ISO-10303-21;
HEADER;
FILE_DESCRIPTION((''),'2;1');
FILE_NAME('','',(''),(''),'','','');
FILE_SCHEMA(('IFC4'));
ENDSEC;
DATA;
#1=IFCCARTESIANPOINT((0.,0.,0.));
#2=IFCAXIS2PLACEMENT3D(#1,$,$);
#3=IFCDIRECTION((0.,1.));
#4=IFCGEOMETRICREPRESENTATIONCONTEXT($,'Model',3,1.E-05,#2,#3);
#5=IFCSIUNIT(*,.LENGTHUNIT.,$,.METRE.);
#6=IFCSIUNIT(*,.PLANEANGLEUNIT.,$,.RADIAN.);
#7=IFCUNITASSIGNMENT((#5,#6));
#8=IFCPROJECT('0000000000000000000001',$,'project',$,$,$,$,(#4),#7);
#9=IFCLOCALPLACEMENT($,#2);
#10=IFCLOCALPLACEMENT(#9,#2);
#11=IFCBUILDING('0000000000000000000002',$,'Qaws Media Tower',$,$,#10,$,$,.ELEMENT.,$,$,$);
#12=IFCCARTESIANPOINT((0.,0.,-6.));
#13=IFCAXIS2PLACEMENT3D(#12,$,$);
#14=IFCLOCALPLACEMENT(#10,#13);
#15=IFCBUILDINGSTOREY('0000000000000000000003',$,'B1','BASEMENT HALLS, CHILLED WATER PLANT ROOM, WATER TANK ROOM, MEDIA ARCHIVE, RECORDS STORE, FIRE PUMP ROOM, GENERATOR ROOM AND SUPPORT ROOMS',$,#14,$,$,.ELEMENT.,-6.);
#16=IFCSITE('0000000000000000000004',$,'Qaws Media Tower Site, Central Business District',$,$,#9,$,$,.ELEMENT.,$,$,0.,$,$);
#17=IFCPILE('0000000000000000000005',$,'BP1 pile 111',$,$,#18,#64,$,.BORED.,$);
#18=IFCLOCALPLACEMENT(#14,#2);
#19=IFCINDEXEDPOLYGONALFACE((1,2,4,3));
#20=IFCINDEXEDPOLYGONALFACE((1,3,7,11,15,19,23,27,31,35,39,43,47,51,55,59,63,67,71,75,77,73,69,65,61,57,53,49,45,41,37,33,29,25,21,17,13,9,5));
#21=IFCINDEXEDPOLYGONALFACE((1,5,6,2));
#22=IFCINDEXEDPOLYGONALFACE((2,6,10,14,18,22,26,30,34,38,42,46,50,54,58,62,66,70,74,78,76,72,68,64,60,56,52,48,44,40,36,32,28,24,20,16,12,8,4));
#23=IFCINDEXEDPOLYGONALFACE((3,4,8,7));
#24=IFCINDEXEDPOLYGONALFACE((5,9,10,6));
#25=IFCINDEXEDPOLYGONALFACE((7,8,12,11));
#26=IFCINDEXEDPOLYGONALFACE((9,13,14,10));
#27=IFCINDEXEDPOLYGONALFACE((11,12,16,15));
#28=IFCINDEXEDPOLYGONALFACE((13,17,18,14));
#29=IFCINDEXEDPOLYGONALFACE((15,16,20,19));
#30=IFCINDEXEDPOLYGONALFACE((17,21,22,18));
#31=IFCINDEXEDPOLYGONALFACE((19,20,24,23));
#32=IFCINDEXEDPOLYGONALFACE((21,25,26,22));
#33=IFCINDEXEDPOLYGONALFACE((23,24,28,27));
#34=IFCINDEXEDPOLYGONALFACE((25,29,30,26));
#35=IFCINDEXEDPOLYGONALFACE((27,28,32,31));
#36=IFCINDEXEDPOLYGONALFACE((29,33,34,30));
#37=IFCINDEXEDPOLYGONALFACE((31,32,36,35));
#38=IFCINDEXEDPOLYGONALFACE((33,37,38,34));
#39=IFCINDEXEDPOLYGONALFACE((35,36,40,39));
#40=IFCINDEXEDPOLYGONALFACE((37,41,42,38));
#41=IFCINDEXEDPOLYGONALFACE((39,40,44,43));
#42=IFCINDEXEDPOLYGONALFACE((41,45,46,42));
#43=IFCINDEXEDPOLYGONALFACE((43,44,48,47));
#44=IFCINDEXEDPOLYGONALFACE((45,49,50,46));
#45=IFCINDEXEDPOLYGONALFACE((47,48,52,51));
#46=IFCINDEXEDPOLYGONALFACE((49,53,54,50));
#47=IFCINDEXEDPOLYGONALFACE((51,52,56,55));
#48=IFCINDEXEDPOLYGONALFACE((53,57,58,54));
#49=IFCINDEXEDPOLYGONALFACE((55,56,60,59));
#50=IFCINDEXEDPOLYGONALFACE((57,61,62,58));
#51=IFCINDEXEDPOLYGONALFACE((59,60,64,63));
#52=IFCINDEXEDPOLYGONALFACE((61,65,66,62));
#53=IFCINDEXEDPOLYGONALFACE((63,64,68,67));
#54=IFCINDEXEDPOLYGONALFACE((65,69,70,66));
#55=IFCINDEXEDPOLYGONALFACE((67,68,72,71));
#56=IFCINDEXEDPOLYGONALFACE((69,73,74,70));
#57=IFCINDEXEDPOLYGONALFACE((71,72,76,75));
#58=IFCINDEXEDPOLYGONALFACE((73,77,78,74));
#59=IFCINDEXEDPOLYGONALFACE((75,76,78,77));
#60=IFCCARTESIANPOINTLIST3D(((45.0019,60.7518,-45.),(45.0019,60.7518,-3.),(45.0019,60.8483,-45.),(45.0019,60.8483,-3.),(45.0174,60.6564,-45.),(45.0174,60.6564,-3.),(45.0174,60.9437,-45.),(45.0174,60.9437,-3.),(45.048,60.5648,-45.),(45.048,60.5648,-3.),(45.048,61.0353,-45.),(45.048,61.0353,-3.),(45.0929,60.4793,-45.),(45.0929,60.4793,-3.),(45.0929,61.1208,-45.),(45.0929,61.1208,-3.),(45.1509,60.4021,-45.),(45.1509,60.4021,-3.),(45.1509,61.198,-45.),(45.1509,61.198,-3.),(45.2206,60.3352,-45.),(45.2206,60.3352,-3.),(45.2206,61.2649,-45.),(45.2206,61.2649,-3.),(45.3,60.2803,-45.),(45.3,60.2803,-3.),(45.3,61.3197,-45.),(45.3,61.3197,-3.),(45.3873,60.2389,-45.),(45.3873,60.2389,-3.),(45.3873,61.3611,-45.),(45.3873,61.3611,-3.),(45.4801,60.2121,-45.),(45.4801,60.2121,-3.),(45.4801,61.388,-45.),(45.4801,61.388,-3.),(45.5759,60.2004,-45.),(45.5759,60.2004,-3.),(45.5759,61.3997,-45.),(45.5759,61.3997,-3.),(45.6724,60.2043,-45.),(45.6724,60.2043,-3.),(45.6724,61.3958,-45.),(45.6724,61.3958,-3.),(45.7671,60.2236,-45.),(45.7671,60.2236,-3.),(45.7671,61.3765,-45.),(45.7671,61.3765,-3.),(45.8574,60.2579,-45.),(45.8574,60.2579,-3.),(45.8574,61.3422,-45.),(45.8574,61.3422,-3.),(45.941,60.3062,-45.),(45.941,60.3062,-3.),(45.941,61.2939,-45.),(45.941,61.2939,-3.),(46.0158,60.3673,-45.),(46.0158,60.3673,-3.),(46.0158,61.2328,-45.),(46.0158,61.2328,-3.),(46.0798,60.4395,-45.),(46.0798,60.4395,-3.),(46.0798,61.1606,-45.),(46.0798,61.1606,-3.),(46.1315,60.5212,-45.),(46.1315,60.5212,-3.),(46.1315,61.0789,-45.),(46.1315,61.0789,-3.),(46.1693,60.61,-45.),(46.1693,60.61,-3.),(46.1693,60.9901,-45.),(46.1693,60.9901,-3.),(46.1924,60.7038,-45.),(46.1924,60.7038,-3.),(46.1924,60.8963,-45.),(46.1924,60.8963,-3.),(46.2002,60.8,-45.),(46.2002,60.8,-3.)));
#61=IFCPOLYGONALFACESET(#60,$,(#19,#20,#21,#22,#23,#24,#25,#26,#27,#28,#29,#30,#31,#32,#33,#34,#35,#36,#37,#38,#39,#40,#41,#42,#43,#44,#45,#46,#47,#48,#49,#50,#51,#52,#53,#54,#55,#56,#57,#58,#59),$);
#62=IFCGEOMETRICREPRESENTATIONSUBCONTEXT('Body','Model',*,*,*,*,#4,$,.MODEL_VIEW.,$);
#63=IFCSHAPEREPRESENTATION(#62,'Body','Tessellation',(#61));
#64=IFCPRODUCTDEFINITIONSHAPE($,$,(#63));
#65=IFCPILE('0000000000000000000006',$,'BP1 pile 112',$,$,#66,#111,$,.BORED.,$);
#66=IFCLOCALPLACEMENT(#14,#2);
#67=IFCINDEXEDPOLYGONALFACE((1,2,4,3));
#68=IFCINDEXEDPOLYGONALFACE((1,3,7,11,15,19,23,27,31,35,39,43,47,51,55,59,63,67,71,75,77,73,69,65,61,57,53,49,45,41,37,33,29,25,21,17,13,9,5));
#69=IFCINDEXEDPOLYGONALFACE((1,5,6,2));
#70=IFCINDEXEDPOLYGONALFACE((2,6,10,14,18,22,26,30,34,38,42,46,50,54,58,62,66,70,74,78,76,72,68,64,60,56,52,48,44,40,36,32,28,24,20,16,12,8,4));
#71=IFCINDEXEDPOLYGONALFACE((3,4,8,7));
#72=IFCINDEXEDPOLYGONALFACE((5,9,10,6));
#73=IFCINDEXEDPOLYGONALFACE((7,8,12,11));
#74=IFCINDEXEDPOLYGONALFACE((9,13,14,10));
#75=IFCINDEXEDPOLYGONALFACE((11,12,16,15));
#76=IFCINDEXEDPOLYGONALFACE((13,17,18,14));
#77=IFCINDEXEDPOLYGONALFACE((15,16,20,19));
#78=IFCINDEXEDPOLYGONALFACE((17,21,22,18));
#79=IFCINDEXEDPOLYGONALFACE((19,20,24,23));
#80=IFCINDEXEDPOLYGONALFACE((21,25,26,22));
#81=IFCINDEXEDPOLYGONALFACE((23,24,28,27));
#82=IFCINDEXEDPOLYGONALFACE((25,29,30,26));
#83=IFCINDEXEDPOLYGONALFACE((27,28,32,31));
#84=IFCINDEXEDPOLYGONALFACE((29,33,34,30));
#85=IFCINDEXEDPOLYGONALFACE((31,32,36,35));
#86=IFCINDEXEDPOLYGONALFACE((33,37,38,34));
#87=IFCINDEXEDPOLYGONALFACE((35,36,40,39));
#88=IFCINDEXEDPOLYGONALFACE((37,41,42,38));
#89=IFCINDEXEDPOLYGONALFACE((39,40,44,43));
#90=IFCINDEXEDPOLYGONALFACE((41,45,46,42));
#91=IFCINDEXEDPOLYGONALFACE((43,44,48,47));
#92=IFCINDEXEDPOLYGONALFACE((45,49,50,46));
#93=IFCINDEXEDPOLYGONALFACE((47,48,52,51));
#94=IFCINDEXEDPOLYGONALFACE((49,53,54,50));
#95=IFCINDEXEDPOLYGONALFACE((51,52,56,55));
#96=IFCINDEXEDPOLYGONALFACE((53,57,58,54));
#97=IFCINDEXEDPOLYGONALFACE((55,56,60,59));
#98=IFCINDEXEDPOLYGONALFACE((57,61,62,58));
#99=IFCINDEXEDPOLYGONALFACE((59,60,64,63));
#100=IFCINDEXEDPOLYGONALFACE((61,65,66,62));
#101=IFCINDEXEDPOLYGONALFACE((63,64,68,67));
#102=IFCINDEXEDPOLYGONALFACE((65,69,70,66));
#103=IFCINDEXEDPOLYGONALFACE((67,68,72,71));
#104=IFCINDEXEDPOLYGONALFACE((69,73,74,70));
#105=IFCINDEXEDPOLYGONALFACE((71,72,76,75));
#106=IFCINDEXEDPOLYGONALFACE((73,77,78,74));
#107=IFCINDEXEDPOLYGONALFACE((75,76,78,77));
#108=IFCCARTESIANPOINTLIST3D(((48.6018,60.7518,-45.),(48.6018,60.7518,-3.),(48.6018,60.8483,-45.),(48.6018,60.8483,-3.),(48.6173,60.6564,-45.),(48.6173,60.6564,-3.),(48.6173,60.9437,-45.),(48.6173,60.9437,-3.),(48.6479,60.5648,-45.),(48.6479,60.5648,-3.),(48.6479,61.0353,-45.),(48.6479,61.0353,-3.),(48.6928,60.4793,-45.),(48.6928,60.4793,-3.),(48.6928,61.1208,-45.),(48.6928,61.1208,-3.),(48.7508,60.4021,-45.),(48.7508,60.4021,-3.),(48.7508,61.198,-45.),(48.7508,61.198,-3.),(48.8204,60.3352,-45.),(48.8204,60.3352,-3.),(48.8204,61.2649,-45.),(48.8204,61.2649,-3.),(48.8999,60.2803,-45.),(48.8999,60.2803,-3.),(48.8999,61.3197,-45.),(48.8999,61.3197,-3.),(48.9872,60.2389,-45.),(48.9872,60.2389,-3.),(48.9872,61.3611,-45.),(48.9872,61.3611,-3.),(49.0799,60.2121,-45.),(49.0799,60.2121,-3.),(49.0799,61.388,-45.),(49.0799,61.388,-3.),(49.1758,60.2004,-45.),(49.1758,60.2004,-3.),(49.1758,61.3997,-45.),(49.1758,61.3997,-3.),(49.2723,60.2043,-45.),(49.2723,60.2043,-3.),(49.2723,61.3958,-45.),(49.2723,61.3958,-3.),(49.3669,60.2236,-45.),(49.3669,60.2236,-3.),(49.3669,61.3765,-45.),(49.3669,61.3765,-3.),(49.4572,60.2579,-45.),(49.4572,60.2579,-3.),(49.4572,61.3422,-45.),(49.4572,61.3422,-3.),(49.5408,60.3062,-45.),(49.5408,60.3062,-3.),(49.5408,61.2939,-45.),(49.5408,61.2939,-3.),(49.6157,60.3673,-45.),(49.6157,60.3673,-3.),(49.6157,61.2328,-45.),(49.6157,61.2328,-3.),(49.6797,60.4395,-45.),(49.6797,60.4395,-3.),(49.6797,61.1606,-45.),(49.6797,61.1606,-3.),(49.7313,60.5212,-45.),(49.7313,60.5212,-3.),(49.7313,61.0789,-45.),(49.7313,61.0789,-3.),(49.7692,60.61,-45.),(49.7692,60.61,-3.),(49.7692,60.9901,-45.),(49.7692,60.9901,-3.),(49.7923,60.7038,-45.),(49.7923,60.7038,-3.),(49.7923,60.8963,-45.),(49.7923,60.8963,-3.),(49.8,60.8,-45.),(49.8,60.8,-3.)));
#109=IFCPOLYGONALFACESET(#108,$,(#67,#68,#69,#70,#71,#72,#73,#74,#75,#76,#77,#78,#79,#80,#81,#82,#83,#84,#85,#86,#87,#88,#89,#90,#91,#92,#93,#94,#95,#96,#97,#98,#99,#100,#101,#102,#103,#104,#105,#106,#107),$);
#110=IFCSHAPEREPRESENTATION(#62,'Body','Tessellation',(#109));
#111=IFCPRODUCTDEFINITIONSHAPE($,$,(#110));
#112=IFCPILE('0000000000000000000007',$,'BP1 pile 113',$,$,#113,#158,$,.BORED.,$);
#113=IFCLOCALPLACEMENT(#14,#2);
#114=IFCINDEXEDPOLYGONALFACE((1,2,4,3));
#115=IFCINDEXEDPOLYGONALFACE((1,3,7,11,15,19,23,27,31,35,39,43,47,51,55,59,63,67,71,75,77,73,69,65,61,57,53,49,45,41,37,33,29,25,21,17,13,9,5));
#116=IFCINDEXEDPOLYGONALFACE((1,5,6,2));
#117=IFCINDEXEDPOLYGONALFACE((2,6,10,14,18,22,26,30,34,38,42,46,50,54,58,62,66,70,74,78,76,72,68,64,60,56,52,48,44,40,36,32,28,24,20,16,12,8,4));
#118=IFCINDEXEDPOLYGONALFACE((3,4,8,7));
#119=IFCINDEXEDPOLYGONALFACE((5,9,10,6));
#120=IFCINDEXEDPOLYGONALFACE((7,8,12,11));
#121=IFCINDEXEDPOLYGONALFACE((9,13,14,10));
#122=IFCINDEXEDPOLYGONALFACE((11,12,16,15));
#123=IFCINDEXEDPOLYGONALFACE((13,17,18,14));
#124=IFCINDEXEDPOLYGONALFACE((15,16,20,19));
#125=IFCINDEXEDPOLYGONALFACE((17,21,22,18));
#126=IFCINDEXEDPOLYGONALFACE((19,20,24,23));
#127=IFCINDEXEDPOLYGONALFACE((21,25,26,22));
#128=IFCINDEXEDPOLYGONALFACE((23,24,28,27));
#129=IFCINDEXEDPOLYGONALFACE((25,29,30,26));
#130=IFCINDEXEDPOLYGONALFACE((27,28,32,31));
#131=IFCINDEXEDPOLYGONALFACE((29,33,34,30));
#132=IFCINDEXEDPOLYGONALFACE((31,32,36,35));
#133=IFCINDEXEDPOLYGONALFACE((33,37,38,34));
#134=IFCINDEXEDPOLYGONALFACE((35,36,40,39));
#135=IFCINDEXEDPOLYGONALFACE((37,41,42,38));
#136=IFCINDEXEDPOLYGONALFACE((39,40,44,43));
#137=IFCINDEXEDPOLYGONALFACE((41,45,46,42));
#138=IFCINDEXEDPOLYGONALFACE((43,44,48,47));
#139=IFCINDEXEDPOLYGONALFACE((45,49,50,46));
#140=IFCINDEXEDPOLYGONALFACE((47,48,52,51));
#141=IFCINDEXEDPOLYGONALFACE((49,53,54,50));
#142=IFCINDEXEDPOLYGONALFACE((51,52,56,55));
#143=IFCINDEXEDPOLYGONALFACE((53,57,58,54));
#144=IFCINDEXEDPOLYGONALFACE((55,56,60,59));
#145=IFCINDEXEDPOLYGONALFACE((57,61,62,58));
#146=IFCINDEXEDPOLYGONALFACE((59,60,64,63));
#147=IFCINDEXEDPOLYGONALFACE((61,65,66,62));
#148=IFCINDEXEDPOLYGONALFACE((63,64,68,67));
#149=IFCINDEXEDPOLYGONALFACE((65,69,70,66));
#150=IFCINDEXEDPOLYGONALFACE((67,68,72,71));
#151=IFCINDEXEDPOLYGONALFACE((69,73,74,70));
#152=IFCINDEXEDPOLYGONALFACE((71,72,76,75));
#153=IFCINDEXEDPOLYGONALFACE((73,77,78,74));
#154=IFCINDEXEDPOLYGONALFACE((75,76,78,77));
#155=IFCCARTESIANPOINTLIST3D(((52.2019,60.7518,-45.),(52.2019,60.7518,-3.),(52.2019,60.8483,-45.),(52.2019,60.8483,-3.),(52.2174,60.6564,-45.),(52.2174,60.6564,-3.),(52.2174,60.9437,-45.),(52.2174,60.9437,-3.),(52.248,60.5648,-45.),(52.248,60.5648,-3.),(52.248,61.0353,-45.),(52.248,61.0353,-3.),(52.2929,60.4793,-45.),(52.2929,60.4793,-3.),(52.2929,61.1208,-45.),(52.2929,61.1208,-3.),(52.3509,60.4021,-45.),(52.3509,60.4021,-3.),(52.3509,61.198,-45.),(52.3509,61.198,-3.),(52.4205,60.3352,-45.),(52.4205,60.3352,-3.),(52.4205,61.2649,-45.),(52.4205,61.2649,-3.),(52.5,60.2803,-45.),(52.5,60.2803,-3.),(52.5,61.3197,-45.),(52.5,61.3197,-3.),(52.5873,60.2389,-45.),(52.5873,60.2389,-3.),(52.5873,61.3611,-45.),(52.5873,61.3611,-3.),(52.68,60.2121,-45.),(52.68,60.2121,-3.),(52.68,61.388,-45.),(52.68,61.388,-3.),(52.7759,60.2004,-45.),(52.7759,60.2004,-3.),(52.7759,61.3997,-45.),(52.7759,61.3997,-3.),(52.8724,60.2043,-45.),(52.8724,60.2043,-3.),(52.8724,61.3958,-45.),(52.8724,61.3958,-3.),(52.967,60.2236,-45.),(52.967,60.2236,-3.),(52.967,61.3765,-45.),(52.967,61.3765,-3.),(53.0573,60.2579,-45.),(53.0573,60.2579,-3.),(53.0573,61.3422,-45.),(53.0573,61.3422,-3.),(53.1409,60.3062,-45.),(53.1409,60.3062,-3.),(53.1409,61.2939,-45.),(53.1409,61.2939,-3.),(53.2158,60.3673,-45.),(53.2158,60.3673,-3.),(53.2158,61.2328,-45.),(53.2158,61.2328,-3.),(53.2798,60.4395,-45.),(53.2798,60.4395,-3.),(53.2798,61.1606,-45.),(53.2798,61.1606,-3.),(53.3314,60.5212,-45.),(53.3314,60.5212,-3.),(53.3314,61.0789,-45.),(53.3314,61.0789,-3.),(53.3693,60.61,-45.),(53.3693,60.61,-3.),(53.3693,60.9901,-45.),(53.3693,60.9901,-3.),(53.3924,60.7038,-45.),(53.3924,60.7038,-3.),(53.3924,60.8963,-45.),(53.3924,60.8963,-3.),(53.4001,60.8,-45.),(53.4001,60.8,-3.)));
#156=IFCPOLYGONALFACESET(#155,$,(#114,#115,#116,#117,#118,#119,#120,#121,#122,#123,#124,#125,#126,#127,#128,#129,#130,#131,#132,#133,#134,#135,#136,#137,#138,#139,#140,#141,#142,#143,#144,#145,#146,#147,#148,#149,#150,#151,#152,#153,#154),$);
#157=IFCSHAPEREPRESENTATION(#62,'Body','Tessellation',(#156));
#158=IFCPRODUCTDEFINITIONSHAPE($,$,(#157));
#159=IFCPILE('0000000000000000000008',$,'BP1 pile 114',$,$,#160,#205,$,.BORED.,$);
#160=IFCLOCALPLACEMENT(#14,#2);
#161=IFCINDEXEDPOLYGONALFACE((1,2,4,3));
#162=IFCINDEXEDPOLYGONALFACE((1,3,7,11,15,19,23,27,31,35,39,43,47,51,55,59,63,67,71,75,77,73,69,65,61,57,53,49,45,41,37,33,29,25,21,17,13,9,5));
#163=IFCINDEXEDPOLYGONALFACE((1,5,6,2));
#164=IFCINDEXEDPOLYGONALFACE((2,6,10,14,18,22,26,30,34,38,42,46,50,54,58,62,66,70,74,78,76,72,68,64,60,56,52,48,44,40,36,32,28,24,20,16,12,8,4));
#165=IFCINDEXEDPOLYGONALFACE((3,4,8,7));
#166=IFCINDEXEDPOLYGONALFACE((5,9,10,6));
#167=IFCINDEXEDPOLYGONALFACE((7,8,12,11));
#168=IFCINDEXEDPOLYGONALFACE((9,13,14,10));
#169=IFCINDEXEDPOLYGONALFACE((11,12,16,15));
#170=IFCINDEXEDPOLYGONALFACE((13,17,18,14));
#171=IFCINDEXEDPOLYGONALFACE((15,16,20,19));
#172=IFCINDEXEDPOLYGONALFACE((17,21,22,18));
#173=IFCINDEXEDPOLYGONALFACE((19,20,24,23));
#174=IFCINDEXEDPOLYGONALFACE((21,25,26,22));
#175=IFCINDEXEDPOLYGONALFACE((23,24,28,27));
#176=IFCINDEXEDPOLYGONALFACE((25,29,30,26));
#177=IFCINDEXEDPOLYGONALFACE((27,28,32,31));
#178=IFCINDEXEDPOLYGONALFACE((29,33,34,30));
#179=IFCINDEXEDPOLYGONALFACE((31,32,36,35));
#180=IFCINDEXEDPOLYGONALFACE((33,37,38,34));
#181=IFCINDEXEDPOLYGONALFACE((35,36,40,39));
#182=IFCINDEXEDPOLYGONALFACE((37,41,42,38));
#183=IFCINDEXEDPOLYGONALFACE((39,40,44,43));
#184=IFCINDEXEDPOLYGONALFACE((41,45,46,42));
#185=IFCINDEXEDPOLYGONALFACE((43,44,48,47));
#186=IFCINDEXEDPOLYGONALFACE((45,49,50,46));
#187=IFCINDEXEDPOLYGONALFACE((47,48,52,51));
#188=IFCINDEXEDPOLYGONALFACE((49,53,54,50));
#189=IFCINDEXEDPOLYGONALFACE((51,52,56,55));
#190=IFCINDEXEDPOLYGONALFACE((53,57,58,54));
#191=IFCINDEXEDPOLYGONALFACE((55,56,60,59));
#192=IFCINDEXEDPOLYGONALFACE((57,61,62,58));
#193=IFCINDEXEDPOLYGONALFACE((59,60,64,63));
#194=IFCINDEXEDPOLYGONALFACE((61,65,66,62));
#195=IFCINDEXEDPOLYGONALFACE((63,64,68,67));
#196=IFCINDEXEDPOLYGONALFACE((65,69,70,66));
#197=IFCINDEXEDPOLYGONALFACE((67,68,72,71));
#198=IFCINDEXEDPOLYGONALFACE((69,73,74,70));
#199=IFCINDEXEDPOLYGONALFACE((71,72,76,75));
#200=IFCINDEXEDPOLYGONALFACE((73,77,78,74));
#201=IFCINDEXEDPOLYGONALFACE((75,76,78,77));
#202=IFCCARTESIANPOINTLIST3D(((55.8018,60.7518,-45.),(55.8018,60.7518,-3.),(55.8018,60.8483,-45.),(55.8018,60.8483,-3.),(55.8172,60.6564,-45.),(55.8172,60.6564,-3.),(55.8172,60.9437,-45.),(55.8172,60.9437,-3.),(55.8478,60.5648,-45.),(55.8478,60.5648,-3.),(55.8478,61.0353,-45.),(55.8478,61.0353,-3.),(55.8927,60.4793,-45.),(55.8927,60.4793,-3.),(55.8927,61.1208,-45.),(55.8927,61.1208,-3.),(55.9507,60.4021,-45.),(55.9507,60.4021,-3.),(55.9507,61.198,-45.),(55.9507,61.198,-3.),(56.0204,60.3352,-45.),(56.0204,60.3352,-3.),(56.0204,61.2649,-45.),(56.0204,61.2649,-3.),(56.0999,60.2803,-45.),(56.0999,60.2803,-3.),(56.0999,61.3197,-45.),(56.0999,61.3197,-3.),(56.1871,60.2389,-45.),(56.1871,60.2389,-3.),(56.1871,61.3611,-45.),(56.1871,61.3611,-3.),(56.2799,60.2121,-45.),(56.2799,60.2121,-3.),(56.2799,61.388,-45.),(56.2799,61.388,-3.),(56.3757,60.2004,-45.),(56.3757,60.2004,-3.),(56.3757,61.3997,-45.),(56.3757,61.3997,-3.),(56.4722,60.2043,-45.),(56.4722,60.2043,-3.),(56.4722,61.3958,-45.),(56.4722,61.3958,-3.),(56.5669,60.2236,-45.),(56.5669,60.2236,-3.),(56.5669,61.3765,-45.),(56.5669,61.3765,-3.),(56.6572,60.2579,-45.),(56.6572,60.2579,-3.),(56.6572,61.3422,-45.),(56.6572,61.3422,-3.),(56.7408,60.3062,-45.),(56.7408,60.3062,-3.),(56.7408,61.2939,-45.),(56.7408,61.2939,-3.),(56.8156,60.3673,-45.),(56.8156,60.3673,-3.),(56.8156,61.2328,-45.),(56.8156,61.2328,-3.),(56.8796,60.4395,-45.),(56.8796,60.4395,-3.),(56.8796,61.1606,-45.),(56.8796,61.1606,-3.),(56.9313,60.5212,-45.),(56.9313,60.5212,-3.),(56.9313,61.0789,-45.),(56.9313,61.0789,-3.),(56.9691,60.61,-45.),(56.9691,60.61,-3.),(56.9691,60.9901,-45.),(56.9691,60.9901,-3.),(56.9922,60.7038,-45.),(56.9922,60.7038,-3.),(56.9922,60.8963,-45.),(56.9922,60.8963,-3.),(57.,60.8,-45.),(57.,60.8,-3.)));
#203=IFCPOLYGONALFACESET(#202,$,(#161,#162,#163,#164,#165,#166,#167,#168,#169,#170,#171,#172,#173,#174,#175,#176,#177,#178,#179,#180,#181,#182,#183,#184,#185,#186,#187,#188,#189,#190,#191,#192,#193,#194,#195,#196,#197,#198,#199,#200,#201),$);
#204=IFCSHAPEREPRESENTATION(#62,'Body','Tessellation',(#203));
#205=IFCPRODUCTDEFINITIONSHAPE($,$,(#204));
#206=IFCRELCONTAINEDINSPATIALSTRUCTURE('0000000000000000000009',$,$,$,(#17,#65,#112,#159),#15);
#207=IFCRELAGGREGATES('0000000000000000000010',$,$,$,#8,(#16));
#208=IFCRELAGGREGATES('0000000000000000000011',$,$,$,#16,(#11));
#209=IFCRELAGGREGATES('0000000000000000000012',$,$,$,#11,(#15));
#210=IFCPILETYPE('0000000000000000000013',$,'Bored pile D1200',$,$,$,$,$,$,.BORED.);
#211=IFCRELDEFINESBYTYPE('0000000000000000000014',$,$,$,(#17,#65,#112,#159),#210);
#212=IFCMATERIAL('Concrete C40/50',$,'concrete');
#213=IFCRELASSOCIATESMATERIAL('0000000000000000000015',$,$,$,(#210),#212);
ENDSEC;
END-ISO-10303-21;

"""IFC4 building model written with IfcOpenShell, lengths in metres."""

from ifc_helpers import new_model, si_unit, direction, frame, origin, origin_2d, place, context, subcontext, project, spatial, circle, extrude, material, material_profile, profile_set, type_object, element, save


model = new_model("IFC4")

# Units and contexts
model_context = context("Model", 3, precision=1e-05, world=origin(), true_north=direction((0.0, 1.0)))
body_context = subcontext(model_context, "Body", "Model", "MODEL_VIEW")
ifc_project = project(units=[si_unit("LENGTHUNIT", "METRE"), si_unit("PLANEANGLEUNIT", "RADIAN")], contexts=[model_context])

# Site, building, storey
site_placement = place(None, origin())
site = spatial("IfcSite", under=ifc_project, at=site_placement, Name="Qaws Media Tower Site, Central Business District", CompositionType="ELEMENT", RefElevation=0.0)
building_placement = place(site_placement, origin())
building = spatial("IfcBuilding", under=site, at=building_placement, Name="Qaws Media Tower", CompositionType="ELEMENT")
storey_placement = place(building_placement, frame((0.0, 0.0, -6.0)))
storey = spatial("IfcBuildingStorey", under=building, at=storey_placement, Name="B1", Description="BASEMENT HALLS, CHILLED WATER PLANT ROOM, WATER TANK ROOM, MEDIA ARCHIVE, RECORDS STORE, FIRE PUMP ROOM, GENERATOR ROOM AND SUPPORT ROOMS", CompositionType="ELEMENT", Elevation=-6.0)

# Piles
ifc_material_1 = material(Name="Concrete C40/50", Category="concrete")
ifc_material_profile_1 = material_profile(ifc_material_1, circle(Radius=0.6001, at=origin_2d()), Name="D1200")
ifc_profile_set_1 = profile_set([ifc_material_profile_1], Name="Concrete C40/50")
pile_type = type_object("IfcPileType", Name="Bored pile D1200", PredefinedType="BORED", material=ifc_profile_set_1)
for number, where, z_axis, x_axis, name in (
    (1, (45.6001, 60.8, -3.0), (0.0, 0.0, -1.0), (1.0, 0.0, 0.0), "BP1 pile 111"),
    (2, (49.2, 60.8, -3.0), (0.0, 0.0, -1.0), (1.0, 0.0, 0.0), "BP1 pile 112"),
    (3, (52.8, 60.8, -3.0), (0.0, 0.0, -1.0), (1.0, 0.0, 0.0), "BP1 pile 113"),
    (4, (56.3999, 60.8, -3.0), (0.0, 0.0, -1.0), (1.0, 0.0, 0.0), "BP1 pile 114"),
):
    element("IfcPile", number, at=place(storey_placement, frame(where, z_axis=z_axis, x_axis=x_axis)), inside=storey, type_object=pile_type, Name=name, PredefinedType="BORED", context=body_context, shape_type="SweptSolid", body=[
        extrude(circle(Radius=0.6001, at=origin_2d()), origin(), (0.0, 0.0, 1.0), 42.0),
    ])

save(model, "model.ifc")
